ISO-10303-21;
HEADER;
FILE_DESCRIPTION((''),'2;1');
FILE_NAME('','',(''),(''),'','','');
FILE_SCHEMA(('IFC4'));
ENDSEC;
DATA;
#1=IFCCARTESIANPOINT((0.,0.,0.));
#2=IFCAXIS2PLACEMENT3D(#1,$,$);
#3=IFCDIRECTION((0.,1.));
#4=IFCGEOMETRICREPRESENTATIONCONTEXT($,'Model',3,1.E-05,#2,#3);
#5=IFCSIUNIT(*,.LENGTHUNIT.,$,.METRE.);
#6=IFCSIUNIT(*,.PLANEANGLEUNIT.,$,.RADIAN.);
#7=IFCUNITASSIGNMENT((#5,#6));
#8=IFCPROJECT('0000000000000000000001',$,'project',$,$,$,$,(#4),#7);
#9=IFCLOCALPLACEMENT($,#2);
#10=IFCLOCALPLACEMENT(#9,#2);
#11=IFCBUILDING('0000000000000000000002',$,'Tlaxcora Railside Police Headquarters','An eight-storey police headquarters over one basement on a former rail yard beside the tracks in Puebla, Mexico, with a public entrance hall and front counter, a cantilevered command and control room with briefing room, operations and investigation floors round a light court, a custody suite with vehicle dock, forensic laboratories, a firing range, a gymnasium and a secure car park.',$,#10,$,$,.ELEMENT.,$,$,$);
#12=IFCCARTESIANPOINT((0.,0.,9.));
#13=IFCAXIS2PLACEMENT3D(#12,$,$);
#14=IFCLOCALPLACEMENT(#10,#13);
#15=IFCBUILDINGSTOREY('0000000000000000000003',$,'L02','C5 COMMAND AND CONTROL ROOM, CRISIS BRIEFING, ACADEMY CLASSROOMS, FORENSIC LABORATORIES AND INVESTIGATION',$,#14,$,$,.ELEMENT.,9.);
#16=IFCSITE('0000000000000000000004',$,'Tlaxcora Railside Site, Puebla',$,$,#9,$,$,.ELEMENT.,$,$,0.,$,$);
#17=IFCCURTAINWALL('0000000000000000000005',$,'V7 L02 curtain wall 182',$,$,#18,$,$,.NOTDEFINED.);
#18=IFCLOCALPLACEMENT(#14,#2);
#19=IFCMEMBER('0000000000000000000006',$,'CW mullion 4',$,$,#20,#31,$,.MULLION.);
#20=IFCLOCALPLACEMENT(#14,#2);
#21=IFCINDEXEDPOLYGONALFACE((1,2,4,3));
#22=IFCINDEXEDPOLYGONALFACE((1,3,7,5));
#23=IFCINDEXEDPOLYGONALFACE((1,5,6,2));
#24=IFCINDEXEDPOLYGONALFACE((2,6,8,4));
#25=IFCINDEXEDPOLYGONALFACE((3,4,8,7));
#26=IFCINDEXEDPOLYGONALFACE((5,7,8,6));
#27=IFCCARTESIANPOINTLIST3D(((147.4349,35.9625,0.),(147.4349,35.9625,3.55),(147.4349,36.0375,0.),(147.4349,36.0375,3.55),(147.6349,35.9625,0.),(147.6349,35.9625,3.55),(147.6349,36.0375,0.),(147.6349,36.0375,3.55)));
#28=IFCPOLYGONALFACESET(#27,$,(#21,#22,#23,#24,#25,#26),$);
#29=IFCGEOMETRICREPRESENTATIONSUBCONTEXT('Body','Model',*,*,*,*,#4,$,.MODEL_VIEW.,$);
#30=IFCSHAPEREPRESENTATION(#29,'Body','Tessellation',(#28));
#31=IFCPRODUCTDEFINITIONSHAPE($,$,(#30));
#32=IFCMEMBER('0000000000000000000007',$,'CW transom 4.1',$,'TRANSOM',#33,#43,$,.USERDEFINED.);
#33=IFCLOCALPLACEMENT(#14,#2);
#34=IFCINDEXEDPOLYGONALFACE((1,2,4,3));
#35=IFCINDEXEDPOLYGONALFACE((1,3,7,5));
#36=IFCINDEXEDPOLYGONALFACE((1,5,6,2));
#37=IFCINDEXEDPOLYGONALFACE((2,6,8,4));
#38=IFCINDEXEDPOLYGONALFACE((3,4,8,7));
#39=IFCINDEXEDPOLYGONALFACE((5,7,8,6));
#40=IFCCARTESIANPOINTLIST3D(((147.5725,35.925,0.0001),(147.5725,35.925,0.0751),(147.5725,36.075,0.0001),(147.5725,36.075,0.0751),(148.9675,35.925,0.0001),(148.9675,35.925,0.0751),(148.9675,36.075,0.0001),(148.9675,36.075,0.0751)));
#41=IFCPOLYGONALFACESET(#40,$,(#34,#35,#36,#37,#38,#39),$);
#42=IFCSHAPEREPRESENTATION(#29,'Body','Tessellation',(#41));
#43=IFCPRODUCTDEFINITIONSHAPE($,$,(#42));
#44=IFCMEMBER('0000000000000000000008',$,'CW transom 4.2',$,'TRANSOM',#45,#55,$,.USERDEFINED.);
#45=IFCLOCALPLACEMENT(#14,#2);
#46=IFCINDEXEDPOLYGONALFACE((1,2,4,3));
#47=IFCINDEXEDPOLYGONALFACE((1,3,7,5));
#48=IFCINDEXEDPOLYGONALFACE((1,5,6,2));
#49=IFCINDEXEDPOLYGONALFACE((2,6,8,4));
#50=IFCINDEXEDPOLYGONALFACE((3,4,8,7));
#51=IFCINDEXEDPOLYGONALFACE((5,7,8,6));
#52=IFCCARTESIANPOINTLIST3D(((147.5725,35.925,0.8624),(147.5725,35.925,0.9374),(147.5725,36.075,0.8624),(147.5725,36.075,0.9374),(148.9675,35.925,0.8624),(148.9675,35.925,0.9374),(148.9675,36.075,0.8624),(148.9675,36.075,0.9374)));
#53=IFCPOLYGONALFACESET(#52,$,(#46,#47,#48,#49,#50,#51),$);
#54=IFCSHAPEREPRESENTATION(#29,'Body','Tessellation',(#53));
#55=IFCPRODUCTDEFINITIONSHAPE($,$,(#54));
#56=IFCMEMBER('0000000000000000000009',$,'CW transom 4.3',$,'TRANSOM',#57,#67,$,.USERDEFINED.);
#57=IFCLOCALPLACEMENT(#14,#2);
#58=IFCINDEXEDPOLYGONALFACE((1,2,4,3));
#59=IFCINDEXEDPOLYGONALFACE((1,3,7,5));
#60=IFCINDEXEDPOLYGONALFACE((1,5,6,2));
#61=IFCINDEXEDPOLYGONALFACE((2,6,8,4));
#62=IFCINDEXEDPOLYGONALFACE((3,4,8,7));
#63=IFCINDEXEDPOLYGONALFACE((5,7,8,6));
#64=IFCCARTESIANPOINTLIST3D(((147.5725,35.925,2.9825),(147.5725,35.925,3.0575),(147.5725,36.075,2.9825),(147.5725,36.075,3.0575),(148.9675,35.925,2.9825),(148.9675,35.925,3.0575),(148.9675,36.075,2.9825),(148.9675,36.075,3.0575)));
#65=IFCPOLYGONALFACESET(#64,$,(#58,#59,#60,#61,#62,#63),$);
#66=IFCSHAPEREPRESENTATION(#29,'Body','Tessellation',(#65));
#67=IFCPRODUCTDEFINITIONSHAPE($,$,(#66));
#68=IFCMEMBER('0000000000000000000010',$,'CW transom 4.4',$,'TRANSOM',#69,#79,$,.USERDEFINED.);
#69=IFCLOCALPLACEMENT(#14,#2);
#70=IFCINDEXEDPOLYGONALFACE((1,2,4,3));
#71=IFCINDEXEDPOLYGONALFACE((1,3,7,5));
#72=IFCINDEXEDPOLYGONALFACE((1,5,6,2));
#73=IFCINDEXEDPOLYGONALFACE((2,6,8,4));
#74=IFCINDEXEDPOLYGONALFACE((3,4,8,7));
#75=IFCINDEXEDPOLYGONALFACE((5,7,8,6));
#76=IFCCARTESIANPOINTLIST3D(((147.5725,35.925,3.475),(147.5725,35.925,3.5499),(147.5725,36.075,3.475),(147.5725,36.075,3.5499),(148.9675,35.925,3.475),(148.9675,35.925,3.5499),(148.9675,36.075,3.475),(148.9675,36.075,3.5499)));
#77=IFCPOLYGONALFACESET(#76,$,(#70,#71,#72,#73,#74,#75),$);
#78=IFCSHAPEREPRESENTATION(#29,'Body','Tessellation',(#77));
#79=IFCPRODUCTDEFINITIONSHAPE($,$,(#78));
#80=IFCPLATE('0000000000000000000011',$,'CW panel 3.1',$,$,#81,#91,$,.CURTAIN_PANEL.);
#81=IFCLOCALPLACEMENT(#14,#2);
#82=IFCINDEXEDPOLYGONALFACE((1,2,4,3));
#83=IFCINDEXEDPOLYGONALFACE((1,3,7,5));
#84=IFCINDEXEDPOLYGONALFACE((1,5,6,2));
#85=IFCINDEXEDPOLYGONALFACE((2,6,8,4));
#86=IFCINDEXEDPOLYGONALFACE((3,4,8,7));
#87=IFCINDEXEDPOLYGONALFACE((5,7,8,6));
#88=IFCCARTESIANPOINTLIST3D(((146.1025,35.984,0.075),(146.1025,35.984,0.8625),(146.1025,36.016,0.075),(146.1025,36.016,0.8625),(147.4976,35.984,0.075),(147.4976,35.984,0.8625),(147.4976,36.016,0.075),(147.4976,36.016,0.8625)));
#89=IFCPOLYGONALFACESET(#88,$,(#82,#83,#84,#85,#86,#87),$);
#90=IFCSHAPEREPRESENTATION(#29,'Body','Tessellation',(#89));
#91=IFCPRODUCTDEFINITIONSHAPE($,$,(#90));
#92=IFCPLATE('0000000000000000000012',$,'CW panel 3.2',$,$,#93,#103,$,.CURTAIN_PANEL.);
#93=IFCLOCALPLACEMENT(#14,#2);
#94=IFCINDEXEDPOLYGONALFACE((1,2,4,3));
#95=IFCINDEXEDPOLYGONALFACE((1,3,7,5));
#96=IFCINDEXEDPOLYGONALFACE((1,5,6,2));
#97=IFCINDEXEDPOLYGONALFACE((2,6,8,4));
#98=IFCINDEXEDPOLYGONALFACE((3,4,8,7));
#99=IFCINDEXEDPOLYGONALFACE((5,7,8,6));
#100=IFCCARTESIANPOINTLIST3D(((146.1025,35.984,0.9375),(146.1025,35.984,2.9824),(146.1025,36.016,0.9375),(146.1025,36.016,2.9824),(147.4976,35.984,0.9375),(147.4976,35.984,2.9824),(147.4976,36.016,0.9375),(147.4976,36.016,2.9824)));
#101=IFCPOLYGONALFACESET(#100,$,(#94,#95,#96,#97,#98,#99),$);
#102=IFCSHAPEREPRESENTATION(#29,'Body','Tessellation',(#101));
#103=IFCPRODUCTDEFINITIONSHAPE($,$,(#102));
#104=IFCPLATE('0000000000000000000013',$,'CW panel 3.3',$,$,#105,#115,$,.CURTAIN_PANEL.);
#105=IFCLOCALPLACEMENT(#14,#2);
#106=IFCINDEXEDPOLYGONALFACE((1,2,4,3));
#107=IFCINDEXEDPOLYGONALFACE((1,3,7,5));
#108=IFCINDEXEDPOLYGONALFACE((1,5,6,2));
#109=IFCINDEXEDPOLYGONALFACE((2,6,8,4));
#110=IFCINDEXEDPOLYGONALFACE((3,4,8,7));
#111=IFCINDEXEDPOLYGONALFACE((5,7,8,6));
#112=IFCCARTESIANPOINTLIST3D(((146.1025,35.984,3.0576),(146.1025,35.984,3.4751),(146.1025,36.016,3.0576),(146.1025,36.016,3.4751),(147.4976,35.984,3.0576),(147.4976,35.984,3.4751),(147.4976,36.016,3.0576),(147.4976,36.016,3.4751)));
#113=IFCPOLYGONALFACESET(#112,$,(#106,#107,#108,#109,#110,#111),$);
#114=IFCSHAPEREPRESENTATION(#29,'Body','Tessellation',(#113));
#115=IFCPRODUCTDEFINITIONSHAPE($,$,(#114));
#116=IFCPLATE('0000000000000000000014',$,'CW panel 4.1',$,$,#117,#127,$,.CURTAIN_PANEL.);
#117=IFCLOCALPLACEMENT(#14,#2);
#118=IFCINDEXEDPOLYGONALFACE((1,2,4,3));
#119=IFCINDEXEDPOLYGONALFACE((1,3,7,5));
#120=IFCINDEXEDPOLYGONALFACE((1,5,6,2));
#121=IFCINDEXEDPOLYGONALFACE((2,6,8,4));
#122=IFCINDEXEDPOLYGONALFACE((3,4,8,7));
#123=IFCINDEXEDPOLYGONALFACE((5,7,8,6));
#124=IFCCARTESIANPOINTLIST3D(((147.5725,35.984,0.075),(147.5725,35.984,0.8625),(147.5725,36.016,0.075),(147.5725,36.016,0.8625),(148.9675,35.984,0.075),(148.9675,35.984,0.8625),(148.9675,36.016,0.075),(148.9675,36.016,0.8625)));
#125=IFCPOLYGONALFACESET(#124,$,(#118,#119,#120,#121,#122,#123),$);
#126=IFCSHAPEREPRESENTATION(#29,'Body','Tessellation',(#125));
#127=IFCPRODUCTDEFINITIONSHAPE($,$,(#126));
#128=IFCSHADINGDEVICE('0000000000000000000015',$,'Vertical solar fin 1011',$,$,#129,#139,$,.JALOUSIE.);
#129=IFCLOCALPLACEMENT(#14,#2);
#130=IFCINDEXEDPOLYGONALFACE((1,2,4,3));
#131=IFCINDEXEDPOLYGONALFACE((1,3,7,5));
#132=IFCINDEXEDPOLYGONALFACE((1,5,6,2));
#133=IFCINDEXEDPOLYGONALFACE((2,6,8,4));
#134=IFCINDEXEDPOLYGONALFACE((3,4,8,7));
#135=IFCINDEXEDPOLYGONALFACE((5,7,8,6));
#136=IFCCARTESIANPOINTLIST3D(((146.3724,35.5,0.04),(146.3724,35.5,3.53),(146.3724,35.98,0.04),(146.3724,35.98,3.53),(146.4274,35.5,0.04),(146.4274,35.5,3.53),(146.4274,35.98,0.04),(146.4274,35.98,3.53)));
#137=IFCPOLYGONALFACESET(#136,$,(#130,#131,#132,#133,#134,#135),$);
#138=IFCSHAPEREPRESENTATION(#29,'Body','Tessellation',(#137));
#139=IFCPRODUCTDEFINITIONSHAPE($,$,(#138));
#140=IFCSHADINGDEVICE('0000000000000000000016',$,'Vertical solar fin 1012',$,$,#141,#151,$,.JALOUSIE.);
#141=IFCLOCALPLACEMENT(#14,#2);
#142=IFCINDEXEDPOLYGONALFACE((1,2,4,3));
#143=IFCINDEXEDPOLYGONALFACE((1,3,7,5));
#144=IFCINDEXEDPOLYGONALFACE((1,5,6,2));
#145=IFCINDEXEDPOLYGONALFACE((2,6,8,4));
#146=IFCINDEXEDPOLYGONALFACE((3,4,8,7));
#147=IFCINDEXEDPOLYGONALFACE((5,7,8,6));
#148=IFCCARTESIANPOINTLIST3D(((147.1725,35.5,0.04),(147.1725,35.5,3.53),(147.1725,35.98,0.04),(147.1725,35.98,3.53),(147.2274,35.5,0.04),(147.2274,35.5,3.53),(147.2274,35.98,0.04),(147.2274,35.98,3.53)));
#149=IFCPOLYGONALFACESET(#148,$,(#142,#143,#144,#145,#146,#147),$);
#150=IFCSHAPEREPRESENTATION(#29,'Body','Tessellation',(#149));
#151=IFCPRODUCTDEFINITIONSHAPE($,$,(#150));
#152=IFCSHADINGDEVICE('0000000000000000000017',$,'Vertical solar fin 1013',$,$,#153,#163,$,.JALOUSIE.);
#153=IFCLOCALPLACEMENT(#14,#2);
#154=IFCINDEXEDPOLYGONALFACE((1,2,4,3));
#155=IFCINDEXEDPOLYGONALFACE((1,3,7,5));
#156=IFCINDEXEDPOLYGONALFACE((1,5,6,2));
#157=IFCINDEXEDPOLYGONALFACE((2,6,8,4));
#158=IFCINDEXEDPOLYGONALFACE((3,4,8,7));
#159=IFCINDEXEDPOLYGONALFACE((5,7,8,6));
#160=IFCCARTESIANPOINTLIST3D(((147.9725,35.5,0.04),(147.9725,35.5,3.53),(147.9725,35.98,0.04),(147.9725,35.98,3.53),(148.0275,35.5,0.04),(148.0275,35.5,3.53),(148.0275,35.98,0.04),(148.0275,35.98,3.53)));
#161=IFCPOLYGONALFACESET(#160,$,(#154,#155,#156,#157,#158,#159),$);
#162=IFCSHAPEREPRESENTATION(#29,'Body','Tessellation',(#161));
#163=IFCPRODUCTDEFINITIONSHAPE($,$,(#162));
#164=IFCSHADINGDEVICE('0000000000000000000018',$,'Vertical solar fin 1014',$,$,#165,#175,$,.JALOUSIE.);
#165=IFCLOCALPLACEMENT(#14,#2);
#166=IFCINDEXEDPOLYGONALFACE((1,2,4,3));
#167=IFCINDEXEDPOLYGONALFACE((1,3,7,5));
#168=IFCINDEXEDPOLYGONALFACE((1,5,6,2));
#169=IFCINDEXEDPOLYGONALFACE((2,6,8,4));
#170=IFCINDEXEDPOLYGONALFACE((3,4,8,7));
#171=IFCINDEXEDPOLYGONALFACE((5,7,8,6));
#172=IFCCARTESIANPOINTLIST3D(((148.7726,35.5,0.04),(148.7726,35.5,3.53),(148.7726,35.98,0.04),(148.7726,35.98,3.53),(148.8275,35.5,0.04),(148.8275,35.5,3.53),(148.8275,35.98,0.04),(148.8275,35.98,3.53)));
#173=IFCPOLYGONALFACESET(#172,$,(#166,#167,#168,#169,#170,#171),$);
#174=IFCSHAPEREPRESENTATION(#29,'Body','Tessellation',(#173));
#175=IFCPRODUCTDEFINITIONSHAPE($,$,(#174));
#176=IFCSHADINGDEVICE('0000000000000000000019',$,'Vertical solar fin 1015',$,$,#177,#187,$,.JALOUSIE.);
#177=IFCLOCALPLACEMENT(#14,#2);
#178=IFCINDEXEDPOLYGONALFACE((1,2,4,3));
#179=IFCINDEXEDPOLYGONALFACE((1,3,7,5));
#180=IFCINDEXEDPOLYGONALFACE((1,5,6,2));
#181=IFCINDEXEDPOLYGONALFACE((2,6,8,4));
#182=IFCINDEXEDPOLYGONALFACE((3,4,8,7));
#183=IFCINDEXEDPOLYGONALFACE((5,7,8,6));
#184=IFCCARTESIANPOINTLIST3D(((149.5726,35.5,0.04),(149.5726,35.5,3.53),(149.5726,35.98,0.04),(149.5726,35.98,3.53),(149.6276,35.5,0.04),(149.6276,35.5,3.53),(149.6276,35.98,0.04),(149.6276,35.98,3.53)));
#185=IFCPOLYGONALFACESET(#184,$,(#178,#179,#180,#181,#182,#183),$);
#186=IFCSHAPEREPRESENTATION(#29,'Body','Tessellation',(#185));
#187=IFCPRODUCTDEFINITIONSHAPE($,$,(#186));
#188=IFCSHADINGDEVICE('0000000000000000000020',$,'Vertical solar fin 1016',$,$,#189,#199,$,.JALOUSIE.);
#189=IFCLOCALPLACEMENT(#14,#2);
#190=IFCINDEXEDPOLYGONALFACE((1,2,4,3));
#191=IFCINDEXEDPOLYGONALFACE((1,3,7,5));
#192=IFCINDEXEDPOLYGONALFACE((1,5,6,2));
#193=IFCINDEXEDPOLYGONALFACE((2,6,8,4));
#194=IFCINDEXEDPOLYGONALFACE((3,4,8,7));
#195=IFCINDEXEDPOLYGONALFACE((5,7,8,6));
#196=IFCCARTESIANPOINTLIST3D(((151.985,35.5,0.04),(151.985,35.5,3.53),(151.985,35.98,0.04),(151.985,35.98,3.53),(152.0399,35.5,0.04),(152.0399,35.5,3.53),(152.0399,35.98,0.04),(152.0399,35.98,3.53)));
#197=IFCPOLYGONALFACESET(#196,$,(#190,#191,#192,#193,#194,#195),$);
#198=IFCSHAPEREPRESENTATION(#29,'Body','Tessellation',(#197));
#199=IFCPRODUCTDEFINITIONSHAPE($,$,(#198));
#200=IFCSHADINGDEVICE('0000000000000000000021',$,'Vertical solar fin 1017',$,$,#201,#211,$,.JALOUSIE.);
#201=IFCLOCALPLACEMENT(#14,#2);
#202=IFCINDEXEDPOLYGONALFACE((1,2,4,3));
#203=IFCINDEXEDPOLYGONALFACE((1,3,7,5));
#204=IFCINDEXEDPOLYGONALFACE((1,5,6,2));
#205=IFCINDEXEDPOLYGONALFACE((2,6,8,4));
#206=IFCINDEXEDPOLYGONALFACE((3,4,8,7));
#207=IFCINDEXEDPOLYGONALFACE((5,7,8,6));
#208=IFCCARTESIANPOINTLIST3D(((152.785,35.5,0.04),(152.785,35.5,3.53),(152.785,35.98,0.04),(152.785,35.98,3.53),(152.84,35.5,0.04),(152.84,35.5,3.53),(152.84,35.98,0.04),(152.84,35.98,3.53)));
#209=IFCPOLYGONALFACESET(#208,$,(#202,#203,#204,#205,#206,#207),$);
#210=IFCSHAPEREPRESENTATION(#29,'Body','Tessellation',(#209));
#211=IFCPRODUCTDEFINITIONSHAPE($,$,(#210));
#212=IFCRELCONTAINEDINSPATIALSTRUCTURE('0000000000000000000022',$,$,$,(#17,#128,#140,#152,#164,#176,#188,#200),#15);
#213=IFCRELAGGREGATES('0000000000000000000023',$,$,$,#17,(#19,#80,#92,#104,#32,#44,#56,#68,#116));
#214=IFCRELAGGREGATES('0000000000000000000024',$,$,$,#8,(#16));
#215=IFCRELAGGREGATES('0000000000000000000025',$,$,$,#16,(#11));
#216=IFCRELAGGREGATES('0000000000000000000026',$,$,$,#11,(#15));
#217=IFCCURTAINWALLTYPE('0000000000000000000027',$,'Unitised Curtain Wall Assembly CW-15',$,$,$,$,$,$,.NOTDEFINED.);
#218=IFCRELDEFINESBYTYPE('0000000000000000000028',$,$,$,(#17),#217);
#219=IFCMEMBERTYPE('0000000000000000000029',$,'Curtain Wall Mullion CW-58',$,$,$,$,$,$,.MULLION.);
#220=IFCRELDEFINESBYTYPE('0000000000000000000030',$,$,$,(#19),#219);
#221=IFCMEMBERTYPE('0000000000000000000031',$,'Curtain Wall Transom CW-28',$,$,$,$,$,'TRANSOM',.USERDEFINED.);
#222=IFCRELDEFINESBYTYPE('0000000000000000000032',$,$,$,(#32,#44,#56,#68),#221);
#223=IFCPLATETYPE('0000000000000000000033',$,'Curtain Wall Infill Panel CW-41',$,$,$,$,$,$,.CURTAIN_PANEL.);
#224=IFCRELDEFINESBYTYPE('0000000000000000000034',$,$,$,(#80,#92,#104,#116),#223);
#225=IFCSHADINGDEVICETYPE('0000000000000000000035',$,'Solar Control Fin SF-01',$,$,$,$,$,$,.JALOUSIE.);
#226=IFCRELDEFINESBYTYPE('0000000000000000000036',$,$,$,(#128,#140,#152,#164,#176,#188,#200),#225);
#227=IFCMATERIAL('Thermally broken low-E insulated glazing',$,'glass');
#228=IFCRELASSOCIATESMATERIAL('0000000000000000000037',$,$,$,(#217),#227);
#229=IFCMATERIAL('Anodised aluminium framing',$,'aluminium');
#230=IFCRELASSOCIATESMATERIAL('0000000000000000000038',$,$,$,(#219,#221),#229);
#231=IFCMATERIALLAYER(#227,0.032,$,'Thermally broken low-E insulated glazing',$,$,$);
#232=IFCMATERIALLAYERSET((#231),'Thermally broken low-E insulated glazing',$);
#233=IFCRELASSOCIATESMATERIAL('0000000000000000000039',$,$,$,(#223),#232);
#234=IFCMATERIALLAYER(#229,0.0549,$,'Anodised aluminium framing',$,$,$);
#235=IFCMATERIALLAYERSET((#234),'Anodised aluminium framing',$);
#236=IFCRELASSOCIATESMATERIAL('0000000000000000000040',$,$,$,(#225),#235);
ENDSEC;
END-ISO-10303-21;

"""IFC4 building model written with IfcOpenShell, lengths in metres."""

from ifc_helpers import new_model, si_unit, direction, frame, origin, origin_2d, place, context, subcontext, project, spatial, rectangle, extrude, material, layer, layer_set, material_profile, profile_set, type_object, element, aggregate, save


model = new_model("IFC4")

# Units and contexts
model_context = context("Model", 3, precision=1e-05, world=origin(), true_north=direction((0.0, 1.0)))
body_context = subcontext(model_context, "Body", "Model", "MODEL_VIEW")
ifc_project = project(units=[si_unit("LENGTHUNIT", "METRE"), si_unit("PLANEANGLEUNIT", "RADIAN")], contexts=[model_context])

# Site, building, storey
site_placement = place(None, origin())
site = spatial("IfcSite", under=ifc_project, at=site_placement, Name="Tlaxcora Railside Site, Puebla", CompositionType="ELEMENT", RefElevation=0.0)
building_placement = place(site_placement, origin())
building = spatial("IfcBuilding", under=site, at=building_placement, Name="Tlaxcora Railside Police Headquarters", Description="An eight-storey police headquarters over one basement on a former rail yard beside the tracks in Puebla, Mexico, with a public entrance hall and front counter, a cantilevered command and control room with briefing room, operations and investigation floors round a light court, a custody suite with vehicle dock, forensic laboratories, a firing range, a gymnasium and a secure car park.", CompositionType="ELEMENT")
storey_placement = place(building_placement, frame((0.0, 0.0, 9.0)))
storey = spatial("IfcBuildingStorey", under=building, at=storey_placement, Name="L02", Description="C5 COMMAND AND CONTROL ROOM, CRISIS BRIEFING, ACADEMY CLASSROOMS, FORENSIC LABORATORIES AND INVESTIGATION", CompositionType="ELEMENT", Elevation=9.0)

# Curtain wall, members, plates
ifc_material_1 = material(Name="Thermally broken low-E insulated glazing", Category="glass")
curtain_wall_type = type_object("IfcCurtainWallType", Name="Unitised Curtain Wall Assembly CW-15", PredefinedType="NOTDEFINED", material=ifc_material_1)
curtain_wall_placement = place(storey_placement, origin())
curtain_wall = element("IfcCurtainWall", 1, at=curtain_wall_placement, inside=storey, type_object=curtain_wall_type, Name="V7 L02 curtain wall 182", PredefinedType="NOTDEFINED")
ifc_material_2 = material(Name="Anodised aluminium framing", Category="aluminium")
ifc_material_profile_1 = material_profile(ifc_material_2, rectangle(XDim=0.075, YDim=0.2, at=origin_2d()), Name="AL75X200")
ifc_profile_set_1 = profile_set([ifc_material_profile_1], Name="Anodised aluminium framing")
member_type_1 = type_object("IfcMemberType", Name="Curtain Wall Mullion CW-58", PredefinedType="MULLION", material=ifc_profile_set_1)
member_1_placement = place(storey_placement, frame((147.5349, 36.0, 0.0), z_axis=(0.0, 0.0, 1.0), x_axis=(0.0, 1.0, 0.0)))
member_1 = element("IfcMember", 2, at=member_1_placement, type_object=member_type_1, Name="CW mullion 4", PredefinedType="MULLION", context=body_context, shape_type="SweptSolid", body=[
    extrude(rectangle(XDim=0.075, YDim=0.2, at=origin_2d()), origin(), (0.0, 0.0, 1.0), 3.55),
])
ifc_material_profile_2 = material_profile(ifc_material_2, rectangle(XDim=0.1499, YDim=0.075, at=origin_2d()), Name="AL75X150")
ifc_profile_set_2 = profile_set([ifc_material_profile_2], Name="Anodised aluminium framing")
member_type_2 = type_object("IfcMemberType", Name="Curtain Wall Transom CW-28", ElementType="TRANSOM", PredefinedType="USERDEFINED", material=ifc_profile_set_2)
member_2_placement = place(storey_placement, frame((147.5725, 36.0, 0.0376), z_axis=(1.0, 0.0, 0.0), x_axis=(0.0, 1.0, 0.0)))
member_2 = element("IfcMember", 3, at=member_2_placement, type_object=member_type_2, Name="CW transom 4.1", ObjectType="TRANSOM", PredefinedType="USERDEFINED", context=body_context, shape_type="SweptSolid", body=[
    extrude(rectangle(XDim=0.1499, YDim=0.075, at=origin_2d()), origin(), (0.0, 0.0, 1.0), 1.395),
])
member_3_placement = place(storey_placement, frame((147.5725, 36.0, 0.8999), z_axis=(1.0, 0.0, 0.0), x_axis=(0.0, 1.0, 0.0)))
member_3 = element("IfcMember", 4, at=member_3_placement, type_object=member_type_2, Name="CW transom 4.2", ObjectType="TRANSOM", PredefinedType="USERDEFINED", context=body_context, shape_type="SweptSolid", body=[
    extrude(rectangle(XDim=0.1499, YDim=0.075, at=origin_2d()), origin(), (0.0, 0.0, 1.0), 1.395),
])
member_4_placement = place(storey_placement, frame((147.5725, 36.0, 3.02), z_axis=(1.0, 0.0, 0.0), x_axis=(0.0, 1.0, 0.0)))
member_4 = element("IfcMember", 5, at=member_4_placement, type_object=member_type_2, Name="CW transom 4.3", ObjectType="TRANSOM", PredefinedType="USERDEFINED", context=body_context, shape_type="SweptSolid", body=[
    extrude(rectangle(XDim=0.1499, YDim=0.075, at=origin_2d()), origin(), (0.0, 0.0, 1.0), 1.395),
])
member_5_placement = place(storey_placement, frame((147.5725, 36.0, 3.5125), z_axis=(1.0, 0.0, 0.0), x_axis=(0.0, 1.0, 0.0)))
member_5 = element("IfcMember", 6, at=member_5_placement, type_object=member_type_2, Name="CW transom 4.4", ObjectType="TRANSOM", PredefinedType="USERDEFINED", context=body_context, shape_type="SweptSolid", body=[
    extrude(rectangle(XDim=0.1499, YDim=0.075, at=origin_2d()), origin(), (0.0, 0.0, 1.0), 1.395),
])
ifc_layer_1 = layer(ifc_material_1, 0.032, Name="Thermally broken low-E insulated glazing")
ifc_layer_set_1 = layer_set([ifc_layer_1], Name="Thermally broken low-E insulated glazing")
plate_type = type_object("IfcPlateType", Name="Curtain Wall Infill Panel CW-41", PredefinedType="CURTAIN_PANEL", material=ifc_layer_set_1)
plate_1_placement = place(storey_placement, frame((146.8, 36.0, 0.075), z_axis=(0.0, 0.0, 1.0), x_axis=(1.0, 0.0, 0.0)))
plate_1 = element("IfcPlate", 7, at=plate_1_placement, type_object=plate_type, Name="CW panel 3.1", PredefinedType="CURTAIN_PANEL", context=body_context, shape_type="SweptSolid", body=[
    extrude(rectangle(XDim=1.395, YDim=0.032, at=origin_2d()), origin(), (0.0, 0.0, 1.0), 0.7876),
])
plate_2_placement = place(storey_placement, frame((146.8, 36.0, 0.9375), z_axis=(0.0, 0.0, 1.0), x_axis=(1.0, 0.0, 0.0)))
plate_2 = element("IfcPlate", 8, at=plate_2_placement, type_object=plate_type, Name="CW panel 3.2", PredefinedType="CURTAIN_PANEL", context=body_context, shape_type="SweptSolid", body=[
    extrude(rectangle(XDim=1.395, YDim=0.032, at=origin_2d()), origin(), (0.0, 0.0, 1.0), 2.0449),
])
plate_3_placement = place(storey_placement, frame((146.8, 36.0, 3.0576), z_axis=(0.0, 0.0, 1.0), x_axis=(1.0, 0.0, 0.0)))
plate_3 = element("IfcPlate", 9, at=plate_3_placement, type_object=plate_type, Name="CW panel 3.3", PredefinedType="CURTAIN_PANEL", context=body_context, shape_type="SweptSolid", body=[
    extrude(rectangle(XDim=1.395, YDim=0.032, at=origin_2d()), origin(), (0.0, 0.0, 1.0), 0.4175),
])
plate_4_placement = place(storey_placement, frame((148.27, 36.0, 0.075), z_axis=(0.0, 0.0, 1.0), x_axis=(1.0, 0.0, 0.0)))
plate_4 = element("IfcPlate", 10, at=plate_4_placement, type_object=plate_type, Name="CW panel 4.1", PredefinedType="CURTAIN_PANEL", context=body_context, shape_type="SweptSolid", body=[
    extrude(rectangle(XDim=1.395, YDim=0.032, at=origin_2d()), origin(), (0.0, 0.0, 1.0), 0.7876),
])
aggregate(curtain_wall, [member_1, plate_1, plate_2, plate_3, member_2, member_3, member_4, member_5, plate_4])

# Shading devices
ifc_layer_2 = layer(ifc_material_2, 0.0549, Name="Anodised aluminium framing")
ifc_layer_set_2 = layer_set([ifc_layer_2], Name="Anodised aluminium framing")
shading_device_type = type_object("IfcShadingDeviceType", Name="Solar Control Fin SF-01", PredefinedType="JALOUSIE", material=ifc_layer_set_2)
for number, where, z_axis, x_axis, name in (
    (11, (146.3999, 35.74, 0.04), (0.0, 0.0, 1.0), (0.0, -1.0, 0.0), "Vertical solar fin 1011"),
    (12, (147.2, 35.74, 0.04), (0.0, 0.0, 1.0), (0.0, -1.0, 0.0), "Vertical solar fin 1012"),
    (13, (148.0, 35.74, 0.04), (0.0, 0.0, 1.0), (0.0, -1.0, 0.0), "Vertical solar fin 1013"),
    (14, (148.8, 35.74, 0.04), (0.0, 0.0, 1.0), (0.0, -1.0, 0.0), "Vertical solar fin 1014"),
    (15, (149.6001, 35.74, 0.04), (0.0, 0.0, 1.0), (0.0, -1.0, 0.0), "Vertical solar fin 1015"),
    (16, (152.0125, 35.74, 0.04), (0.0, 0.0, 1.0), (0.0, -1.0, 0.0), "Vertical solar fin 1016"),
    (17, (152.8125, 35.74, 0.04), (0.0, 0.0, 1.0), (0.0, -1.0, 0.0), "Vertical solar fin 1017"),
):
    element("IfcShadingDevice", number, at=place(storey_placement, frame(where, z_axis=z_axis, x_axis=x_axis)), inside=storey, type_object=shading_device_type, Name=name, PredefinedType="JALOUSIE", context=body_context, shape_type="SweptSolid", body=[
        extrude(rectangle(XDim=0.48, YDim=0.0549, at=origin_2d()), origin(), (0.0, 0.0, 1.0), 3.49),
    ])

save(model, "model.ifc")
